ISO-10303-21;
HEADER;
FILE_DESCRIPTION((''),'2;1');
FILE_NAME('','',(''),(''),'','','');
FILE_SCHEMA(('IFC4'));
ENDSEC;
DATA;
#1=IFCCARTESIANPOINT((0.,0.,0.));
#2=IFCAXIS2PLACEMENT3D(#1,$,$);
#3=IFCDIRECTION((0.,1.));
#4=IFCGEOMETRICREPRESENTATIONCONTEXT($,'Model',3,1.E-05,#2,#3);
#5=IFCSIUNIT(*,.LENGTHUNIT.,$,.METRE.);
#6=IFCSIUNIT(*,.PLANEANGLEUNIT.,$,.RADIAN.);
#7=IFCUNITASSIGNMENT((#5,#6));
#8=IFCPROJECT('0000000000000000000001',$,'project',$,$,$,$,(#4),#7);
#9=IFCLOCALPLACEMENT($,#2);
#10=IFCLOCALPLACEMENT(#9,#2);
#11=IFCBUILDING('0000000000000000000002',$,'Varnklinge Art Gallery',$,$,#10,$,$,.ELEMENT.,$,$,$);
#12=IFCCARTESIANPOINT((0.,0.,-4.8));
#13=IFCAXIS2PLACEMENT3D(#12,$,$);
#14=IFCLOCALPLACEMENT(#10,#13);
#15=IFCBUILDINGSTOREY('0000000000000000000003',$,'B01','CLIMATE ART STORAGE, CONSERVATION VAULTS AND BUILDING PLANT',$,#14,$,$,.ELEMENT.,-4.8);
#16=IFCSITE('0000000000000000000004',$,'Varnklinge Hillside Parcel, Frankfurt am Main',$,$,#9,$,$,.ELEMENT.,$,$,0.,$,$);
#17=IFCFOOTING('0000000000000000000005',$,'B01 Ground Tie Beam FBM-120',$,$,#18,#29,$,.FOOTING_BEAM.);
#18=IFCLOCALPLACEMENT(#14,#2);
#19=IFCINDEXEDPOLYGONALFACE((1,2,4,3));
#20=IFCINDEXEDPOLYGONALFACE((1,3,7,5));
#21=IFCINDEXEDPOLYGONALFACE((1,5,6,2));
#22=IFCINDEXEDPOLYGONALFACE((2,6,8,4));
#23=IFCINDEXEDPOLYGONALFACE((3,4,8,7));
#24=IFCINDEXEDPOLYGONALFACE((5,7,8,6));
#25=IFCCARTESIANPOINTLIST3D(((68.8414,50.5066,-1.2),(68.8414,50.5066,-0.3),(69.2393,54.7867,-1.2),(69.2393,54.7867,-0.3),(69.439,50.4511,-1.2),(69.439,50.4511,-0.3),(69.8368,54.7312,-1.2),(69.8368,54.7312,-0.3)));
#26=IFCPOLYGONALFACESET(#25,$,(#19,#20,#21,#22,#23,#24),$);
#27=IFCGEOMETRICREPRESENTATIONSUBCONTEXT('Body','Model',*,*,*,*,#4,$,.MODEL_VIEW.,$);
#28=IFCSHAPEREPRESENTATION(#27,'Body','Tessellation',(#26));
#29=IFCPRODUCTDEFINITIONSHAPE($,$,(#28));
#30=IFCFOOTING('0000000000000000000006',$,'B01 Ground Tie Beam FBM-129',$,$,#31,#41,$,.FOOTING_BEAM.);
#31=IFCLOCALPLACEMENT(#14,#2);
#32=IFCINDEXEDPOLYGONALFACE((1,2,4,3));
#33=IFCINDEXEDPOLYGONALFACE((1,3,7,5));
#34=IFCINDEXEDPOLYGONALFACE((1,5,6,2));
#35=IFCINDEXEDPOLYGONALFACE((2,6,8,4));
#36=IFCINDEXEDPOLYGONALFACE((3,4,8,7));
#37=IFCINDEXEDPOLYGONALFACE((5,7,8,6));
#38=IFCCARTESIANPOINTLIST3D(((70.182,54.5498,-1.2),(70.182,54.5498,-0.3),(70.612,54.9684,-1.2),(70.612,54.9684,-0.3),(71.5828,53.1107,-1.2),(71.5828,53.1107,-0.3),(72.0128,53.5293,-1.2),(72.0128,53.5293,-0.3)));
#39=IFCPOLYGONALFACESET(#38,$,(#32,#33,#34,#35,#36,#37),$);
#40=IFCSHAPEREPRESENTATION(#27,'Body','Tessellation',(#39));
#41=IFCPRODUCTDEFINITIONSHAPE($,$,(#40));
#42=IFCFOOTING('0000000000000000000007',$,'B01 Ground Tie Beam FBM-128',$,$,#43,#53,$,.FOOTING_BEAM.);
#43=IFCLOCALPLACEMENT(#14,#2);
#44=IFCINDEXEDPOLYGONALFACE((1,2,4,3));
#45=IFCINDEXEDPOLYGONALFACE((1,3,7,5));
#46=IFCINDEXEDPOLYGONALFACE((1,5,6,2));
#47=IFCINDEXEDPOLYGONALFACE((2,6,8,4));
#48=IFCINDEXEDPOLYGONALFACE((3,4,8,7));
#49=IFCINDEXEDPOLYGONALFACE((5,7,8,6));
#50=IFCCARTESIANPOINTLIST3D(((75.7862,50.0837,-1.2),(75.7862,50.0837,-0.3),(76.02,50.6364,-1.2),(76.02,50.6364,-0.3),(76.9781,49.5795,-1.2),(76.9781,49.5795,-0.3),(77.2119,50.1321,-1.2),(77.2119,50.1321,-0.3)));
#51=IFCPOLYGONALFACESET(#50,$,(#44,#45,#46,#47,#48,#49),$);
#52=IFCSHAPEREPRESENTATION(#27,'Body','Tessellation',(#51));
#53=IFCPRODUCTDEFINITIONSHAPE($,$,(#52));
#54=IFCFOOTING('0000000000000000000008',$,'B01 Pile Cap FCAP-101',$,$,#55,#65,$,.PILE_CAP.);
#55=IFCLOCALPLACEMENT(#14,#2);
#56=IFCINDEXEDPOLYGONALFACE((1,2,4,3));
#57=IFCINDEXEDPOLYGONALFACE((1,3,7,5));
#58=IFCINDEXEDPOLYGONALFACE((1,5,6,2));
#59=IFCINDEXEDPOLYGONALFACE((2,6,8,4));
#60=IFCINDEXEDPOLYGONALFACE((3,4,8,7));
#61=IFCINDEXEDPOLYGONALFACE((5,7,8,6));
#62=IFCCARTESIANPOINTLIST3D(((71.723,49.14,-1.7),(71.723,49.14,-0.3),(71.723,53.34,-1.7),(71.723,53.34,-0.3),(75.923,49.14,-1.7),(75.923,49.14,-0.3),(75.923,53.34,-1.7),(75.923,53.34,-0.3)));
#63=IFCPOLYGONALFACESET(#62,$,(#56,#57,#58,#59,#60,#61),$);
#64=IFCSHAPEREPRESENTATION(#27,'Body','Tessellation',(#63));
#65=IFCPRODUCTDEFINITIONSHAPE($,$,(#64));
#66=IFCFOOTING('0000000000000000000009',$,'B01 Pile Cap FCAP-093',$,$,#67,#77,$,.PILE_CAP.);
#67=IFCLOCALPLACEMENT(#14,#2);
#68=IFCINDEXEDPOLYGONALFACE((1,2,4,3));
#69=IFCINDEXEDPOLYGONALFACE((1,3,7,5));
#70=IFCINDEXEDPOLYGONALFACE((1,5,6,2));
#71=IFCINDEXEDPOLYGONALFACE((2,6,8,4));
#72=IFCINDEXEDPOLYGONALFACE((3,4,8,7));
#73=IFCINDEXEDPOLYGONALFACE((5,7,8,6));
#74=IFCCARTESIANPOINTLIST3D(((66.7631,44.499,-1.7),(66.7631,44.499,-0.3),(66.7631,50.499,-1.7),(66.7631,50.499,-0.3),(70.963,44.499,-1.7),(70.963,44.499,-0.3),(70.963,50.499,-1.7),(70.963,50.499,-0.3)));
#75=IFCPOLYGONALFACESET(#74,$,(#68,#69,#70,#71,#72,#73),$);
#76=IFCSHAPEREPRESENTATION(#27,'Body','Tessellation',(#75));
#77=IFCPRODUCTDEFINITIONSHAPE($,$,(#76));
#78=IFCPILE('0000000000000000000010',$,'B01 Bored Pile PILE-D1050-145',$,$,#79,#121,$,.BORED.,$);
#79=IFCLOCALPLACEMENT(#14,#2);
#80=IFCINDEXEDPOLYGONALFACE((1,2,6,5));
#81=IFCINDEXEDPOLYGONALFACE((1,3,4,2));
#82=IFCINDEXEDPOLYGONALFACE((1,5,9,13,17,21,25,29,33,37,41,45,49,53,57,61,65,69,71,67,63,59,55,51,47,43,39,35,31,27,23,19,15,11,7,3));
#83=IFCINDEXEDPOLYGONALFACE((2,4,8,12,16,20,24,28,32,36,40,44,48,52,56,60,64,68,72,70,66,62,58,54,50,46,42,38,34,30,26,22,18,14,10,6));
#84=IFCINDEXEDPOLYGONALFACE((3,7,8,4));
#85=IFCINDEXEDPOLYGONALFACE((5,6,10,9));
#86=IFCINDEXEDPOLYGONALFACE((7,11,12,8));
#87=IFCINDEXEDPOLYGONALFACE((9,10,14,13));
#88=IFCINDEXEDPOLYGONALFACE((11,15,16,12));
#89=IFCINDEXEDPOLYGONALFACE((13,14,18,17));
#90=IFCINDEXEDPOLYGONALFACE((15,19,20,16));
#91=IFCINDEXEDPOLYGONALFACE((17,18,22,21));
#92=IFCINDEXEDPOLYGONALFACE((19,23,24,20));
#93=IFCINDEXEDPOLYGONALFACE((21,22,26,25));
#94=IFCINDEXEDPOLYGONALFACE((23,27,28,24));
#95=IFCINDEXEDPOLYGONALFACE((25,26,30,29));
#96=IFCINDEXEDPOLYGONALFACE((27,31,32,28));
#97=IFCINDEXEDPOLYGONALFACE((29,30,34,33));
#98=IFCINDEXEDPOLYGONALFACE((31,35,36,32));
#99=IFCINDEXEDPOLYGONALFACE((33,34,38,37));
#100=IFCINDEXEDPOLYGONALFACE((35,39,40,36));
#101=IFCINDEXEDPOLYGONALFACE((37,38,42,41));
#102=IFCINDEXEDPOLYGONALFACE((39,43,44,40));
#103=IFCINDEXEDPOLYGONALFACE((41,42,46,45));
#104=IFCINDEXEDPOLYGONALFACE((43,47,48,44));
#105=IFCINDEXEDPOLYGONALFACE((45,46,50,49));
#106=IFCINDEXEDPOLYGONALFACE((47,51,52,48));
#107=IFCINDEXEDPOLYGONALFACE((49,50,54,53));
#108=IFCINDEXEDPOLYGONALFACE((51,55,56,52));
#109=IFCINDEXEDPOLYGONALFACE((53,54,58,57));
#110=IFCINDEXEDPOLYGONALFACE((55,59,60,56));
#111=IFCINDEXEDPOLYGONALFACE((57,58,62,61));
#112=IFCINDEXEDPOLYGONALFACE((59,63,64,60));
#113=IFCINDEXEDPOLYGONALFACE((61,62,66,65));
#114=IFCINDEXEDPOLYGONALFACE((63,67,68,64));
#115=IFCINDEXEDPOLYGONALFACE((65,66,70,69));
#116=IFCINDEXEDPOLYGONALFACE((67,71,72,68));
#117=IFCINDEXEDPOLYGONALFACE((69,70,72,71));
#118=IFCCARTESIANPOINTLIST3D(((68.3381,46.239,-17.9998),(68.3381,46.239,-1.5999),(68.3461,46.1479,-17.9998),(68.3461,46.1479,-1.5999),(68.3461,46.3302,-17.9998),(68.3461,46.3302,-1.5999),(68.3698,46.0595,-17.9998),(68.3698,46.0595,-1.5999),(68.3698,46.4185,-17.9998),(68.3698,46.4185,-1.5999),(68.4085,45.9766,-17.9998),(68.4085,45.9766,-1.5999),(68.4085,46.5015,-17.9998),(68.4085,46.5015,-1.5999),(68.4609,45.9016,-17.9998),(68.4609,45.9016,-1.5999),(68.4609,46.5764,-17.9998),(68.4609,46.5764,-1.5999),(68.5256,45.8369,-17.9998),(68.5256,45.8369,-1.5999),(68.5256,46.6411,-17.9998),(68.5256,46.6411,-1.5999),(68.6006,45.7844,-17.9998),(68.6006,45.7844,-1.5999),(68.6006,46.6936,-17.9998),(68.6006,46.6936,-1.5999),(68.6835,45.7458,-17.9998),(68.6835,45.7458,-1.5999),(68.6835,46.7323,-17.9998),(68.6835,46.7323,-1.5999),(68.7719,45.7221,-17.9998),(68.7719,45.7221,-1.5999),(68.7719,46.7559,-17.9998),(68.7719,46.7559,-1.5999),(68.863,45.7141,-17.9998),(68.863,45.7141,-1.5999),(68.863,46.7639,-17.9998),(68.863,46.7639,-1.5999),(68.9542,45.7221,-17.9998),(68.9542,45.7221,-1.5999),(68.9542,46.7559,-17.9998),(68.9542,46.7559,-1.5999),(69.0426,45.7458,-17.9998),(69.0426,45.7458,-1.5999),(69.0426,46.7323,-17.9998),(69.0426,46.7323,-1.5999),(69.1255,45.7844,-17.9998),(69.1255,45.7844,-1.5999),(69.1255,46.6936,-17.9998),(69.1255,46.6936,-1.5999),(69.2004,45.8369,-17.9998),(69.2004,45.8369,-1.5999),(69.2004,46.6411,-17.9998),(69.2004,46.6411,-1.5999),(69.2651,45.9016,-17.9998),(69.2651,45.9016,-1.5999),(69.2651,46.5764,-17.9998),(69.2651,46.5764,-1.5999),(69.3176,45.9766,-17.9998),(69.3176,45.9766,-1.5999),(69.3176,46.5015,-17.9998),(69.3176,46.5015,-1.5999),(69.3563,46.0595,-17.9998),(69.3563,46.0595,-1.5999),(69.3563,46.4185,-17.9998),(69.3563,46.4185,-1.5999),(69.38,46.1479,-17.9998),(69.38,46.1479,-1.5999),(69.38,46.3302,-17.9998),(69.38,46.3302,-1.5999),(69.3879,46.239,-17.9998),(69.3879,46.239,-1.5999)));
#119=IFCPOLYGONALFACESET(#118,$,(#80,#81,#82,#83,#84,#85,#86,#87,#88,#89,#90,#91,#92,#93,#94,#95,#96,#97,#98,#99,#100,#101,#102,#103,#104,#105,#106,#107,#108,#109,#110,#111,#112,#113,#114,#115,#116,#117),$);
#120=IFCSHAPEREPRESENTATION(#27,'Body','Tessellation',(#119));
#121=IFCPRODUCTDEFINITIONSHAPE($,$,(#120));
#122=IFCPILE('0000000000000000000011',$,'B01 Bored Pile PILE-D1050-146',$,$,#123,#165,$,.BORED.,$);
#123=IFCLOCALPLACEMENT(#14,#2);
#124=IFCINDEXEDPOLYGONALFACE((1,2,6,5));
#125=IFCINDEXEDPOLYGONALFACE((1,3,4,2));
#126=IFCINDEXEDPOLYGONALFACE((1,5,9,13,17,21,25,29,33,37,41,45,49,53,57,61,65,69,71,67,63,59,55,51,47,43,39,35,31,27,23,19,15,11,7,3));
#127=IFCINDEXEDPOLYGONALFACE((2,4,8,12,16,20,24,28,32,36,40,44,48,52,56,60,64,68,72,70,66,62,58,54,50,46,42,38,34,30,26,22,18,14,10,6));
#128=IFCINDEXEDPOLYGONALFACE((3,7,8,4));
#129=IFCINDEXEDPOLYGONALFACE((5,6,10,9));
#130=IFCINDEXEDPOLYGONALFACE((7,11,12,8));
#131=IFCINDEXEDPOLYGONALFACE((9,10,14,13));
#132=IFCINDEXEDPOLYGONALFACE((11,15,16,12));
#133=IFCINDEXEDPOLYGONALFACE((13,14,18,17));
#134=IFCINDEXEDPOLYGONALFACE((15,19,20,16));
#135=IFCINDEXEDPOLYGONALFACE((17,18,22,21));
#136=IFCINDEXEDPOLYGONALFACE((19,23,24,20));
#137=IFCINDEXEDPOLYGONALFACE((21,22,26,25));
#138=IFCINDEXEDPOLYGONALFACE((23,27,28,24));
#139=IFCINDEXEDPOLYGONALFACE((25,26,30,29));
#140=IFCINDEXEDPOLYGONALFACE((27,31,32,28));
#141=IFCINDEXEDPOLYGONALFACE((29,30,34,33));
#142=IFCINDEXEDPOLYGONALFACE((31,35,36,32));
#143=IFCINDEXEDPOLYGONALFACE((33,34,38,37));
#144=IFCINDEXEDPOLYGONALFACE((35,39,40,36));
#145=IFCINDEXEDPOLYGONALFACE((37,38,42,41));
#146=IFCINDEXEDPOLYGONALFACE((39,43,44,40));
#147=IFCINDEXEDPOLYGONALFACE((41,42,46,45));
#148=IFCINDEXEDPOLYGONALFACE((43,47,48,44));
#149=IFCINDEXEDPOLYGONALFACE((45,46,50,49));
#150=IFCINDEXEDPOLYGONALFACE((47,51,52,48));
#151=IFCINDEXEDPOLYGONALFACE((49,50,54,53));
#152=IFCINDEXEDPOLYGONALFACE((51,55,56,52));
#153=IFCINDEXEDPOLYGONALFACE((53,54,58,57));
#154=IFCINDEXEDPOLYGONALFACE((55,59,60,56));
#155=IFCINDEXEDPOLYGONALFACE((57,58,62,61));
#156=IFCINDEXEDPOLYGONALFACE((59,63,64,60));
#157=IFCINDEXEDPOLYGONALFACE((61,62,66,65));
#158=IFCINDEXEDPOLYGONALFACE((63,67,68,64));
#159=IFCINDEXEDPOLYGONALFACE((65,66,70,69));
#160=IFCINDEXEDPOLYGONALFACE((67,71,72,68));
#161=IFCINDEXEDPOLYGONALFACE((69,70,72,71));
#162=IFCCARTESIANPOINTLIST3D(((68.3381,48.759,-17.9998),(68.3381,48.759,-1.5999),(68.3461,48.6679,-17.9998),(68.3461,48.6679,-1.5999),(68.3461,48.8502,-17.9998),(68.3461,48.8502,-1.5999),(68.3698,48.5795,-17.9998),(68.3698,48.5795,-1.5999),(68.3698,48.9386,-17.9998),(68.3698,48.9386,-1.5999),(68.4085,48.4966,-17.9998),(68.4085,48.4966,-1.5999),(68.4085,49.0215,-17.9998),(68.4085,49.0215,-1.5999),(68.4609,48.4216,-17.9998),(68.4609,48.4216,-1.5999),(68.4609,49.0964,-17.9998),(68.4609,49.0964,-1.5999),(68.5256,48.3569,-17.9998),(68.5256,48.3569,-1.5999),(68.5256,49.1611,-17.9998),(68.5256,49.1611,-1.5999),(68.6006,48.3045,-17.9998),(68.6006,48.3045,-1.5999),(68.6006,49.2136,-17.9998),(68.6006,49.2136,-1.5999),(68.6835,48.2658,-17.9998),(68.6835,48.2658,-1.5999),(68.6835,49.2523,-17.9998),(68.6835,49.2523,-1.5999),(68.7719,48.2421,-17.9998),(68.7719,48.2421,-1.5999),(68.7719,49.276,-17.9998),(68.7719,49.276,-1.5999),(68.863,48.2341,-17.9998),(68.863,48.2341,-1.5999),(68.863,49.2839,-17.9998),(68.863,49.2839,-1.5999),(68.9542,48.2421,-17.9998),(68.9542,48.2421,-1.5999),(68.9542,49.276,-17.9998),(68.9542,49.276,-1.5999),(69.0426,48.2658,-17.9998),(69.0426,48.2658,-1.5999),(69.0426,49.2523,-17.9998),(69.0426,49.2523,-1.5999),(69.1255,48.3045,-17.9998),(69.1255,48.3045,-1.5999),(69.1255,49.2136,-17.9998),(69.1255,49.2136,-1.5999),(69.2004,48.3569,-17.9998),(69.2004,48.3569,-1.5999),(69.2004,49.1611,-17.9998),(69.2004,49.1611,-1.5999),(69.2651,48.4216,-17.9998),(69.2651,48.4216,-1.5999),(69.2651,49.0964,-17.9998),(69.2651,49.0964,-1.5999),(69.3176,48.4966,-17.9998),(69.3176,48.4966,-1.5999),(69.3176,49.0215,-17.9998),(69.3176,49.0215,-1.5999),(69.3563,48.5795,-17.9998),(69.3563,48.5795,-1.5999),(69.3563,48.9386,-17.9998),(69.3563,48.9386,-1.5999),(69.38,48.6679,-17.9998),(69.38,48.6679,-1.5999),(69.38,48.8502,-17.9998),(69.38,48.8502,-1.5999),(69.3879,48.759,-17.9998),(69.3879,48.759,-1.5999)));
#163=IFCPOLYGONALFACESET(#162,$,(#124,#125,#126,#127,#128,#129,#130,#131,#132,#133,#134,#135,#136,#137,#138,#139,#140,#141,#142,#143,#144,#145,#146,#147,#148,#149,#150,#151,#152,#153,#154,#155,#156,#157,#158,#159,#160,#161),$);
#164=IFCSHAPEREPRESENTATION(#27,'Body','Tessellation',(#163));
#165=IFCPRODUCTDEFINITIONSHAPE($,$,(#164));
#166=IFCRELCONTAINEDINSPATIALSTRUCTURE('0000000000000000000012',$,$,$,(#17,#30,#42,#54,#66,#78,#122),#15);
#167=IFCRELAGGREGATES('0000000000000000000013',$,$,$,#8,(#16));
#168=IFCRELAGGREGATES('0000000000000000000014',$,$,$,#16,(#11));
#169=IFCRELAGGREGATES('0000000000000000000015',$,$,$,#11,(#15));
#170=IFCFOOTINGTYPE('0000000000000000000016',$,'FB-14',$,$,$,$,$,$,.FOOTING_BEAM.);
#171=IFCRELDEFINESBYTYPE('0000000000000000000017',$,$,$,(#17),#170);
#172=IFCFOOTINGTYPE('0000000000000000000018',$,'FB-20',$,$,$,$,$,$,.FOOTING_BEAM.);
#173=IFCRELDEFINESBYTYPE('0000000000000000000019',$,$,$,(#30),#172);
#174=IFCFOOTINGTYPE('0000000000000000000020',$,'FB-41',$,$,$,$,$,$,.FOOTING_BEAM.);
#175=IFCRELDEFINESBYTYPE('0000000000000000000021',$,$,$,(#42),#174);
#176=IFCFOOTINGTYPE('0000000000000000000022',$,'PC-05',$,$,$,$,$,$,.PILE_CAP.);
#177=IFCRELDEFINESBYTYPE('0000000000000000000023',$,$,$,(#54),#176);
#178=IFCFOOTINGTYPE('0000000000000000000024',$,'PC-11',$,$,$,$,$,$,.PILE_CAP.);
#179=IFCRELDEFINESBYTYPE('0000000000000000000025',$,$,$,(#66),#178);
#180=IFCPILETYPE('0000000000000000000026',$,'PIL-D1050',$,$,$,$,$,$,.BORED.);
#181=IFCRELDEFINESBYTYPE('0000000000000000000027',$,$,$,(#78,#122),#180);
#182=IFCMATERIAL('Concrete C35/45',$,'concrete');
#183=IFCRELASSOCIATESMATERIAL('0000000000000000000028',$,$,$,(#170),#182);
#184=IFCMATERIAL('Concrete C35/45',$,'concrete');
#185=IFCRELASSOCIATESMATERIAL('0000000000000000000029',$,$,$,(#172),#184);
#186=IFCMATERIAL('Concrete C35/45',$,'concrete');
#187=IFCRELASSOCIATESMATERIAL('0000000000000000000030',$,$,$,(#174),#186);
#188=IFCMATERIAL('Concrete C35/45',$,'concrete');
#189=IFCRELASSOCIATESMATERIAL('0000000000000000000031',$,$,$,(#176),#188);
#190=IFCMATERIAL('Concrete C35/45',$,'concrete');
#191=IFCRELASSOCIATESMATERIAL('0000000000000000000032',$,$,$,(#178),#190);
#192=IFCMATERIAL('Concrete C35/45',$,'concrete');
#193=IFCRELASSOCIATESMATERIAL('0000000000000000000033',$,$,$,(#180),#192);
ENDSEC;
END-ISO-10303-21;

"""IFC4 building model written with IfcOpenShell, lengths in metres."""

from ifc_helpers import new_model, si_unit, direction, frame, origin, origin_2d, place, context, subcontext, project, spatial, rectangle, circle, extrude, material, material_profile, profile_set, type_object, element, save


model = new_model("IFC4")

# Units and contexts
model_context = context("Model", 3, precision=1e-05, world=origin(), true_north=direction((0.0, 1.0)))
body_context = subcontext(model_context, "Body", "Model", "MODEL_VIEW")
ifc_project = project(units=[si_unit("LENGTHUNIT", "METRE"), si_unit("PLANEANGLEUNIT", "RADIAN")], contexts=[model_context])

# Site, building, storey
site_placement = place(None, origin())
site = spatial("IfcSite", under=ifc_project, at=site_placement, Name="Varnklinge Hillside Parcel, Frankfurt am Main", CompositionType="ELEMENT", RefElevation=0.0)
building_placement = place(site_placement, origin())
building = spatial("IfcBuilding", under=site, at=building_placement, Name="Varnklinge Art Gallery", CompositionType="ELEMENT")
storey_placement = place(building_placement, frame((0.0, 0.0, -4.8)))
storey = spatial("IfcBuildingStorey", under=building, at=storey_placement, Name="B01", Description="CLIMATE ART STORAGE, CONSERVATION VAULTS AND BUILDING PLANT", CompositionType="ELEMENT", Elevation=-4.8)

# Footings
ifc_material_1 = material(Name="Concrete C35/45", Category="concrete")
footing_type_1 = type_object("IfcFootingType", Name="FB-14", PredefinedType="FOOTING_BEAM", material=ifc_material_1)
footing_1_placement = place(storey_placement, frame((69.3391, 52.6189, -1.2), z_axis=(0.0, 0.0, 1.0), x_axis=(0.092544, 0.995709, 0.0)))
element("IfcFooting", 1, at=footing_1_placement, inside=storey, type_object=footing_type_1, Name="B01 Ground Tie Beam FBM-120", PredefinedType="FOOTING_BEAM", context=body_context, shape_type="SweptSolid", body=[
    extrude(rectangle(XDim=4.2986, YDim=0.6001, at=origin_2d()), origin(), (0.0, 0.0, 1.0), 0.8999),
])
ifc_material_2 = material(Name="Concrete C35/45", Category="concrete")
footing_type_2 = type_object("IfcFootingType", Name="FB-20", PredefinedType="FOOTING_BEAM", material=ifc_material_2)
footing_2_placement = place(storey_placement, frame((71.0974, 54.0396, -1.2), z_axis=(0.0, 0.0, 1.0), x_axis=(-0.69754, 0.716545, 0.0)))
element("IfcFooting", 2, at=footing_2_placement, inside=storey, type_object=footing_type_2, Name="B01 Ground Tie Beam FBM-129", PredefinedType="FOOTING_BEAM", context=body_context, shape_type="SweptSolid", body=[
    extrude(rectangle(XDim=2.0083, YDim=0.6001, at=origin_2d()), origin(), (0.0, 0.0, 1.0), 0.8999),
])
ifc_material_3 = material(Name="Concrete C35/45", Category="concrete")
footing_type_3 = type_object("IfcFootingType", Name="FB-41", PredefinedType="FOOTING_BEAM", material=ifc_material_3)
footing_3_placement = place(storey_placement, frame((76.499, 50.1079, -1.2), z_axis=(0.0, 0.0, 1.0), x_axis=(-0.920982, 0.389606, 0.0)))
element("IfcFooting", 3, at=footing_3_placement, inside=storey, type_object=footing_type_3, Name="B01 Ground Tie Beam FBM-128", PredefinedType="FOOTING_BEAM", context=body_context, shape_type="SweptSolid", body=[
    extrude(rectangle(XDim=1.2942, YDim=0.6001, at=origin_2d()), origin(), (0.0, 0.0, 1.0), 0.8999),
])
ifc_material_4 = material(Name="Concrete C35/45", Category="concrete")
footing_type_4 = type_object("IfcFootingType", Name="PC-05", PredefinedType="PILE_CAP", material=ifc_material_4)
footing_4_placement = place(storey_placement, frame((73.823, 51.24, -1.7), z_axis=(0.0, 0.0, 1.0), x_axis=(1.0, 0.0, 0.0)))
element("IfcFooting", 4, at=footing_4_placement, inside=storey, type_object=footing_type_4, Name="B01 Pile Cap FCAP-101", PredefinedType="PILE_CAP", context=body_context, shape_type="SweptSolid", body=[
    extrude(rectangle(XDim=4.2, YDim=4.2, at=origin_2d()), origin(), (0.0, 0.0, 1.0), 1.3999),
])
ifc_material_5 = material(Name="Concrete C35/45", Category="concrete")
footing_type_5 = type_object("IfcFootingType", Name="PC-11", PredefinedType="PILE_CAP", material=ifc_material_5)
footing_5_placement = place(storey_placement, frame((68.863, 47.499, -1.7), z_axis=(0.0, 0.0, 1.0), x_axis=(1.0, 0.0, 0.0)))
element("IfcFooting", 5, at=footing_5_placement, inside=storey, type_object=footing_type_5, Name="B01 Pile Cap FCAP-093", PredefinedType="PILE_CAP", context=body_context, shape_type="SweptSolid", body=[
    extrude(rectangle(XDim=4.2, YDim=6.0, at=origin_2d()), origin(), (0.0, 0.0, 1.0), 1.3999),
])

# Piles
ifc_material_6 = material(Name="Concrete C35/45", Category="concrete")
ifc_material_profile_1 = material_profile(ifc_material_6, circle(Radius=0.5249, at=origin_2d()), Name="PILE D1050")
ifc_profile_set_1 = profile_set([ifc_material_profile_1], Name="Concrete C35/45")
pile_type = type_object("IfcPileType", Name="PIL-D1050", PredefinedType="BORED", material=ifc_profile_set_1)
for number, where, z_axis, x_axis, name in (
    (6, (68.863, 46.239, -1.5999), (0.0, 0.0, -1.0), (1.0, 0.0, 0.0), "B01 Bored Pile PILE-D1050-145"),
    (7, (68.863, 48.759, -1.5999), (0.0, 0.0, -1.0), (1.0, 0.0, 0.0), "B01 Bored Pile PILE-D1050-146"),
):
    element("IfcPile", number, at=place(storey_placement, frame(where, z_axis=z_axis, x_axis=x_axis)), inside=storey, type_object=pile_type, Name=name, PredefinedType="BORED", context=body_context, shape_type="SweptSolid", body=[
        extrude(circle(Radius=0.5249, at=origin_2d()), origin(), (0.0, 0.0, 1.0), 16.3999),
    ])

save(model, "model.ifc")
